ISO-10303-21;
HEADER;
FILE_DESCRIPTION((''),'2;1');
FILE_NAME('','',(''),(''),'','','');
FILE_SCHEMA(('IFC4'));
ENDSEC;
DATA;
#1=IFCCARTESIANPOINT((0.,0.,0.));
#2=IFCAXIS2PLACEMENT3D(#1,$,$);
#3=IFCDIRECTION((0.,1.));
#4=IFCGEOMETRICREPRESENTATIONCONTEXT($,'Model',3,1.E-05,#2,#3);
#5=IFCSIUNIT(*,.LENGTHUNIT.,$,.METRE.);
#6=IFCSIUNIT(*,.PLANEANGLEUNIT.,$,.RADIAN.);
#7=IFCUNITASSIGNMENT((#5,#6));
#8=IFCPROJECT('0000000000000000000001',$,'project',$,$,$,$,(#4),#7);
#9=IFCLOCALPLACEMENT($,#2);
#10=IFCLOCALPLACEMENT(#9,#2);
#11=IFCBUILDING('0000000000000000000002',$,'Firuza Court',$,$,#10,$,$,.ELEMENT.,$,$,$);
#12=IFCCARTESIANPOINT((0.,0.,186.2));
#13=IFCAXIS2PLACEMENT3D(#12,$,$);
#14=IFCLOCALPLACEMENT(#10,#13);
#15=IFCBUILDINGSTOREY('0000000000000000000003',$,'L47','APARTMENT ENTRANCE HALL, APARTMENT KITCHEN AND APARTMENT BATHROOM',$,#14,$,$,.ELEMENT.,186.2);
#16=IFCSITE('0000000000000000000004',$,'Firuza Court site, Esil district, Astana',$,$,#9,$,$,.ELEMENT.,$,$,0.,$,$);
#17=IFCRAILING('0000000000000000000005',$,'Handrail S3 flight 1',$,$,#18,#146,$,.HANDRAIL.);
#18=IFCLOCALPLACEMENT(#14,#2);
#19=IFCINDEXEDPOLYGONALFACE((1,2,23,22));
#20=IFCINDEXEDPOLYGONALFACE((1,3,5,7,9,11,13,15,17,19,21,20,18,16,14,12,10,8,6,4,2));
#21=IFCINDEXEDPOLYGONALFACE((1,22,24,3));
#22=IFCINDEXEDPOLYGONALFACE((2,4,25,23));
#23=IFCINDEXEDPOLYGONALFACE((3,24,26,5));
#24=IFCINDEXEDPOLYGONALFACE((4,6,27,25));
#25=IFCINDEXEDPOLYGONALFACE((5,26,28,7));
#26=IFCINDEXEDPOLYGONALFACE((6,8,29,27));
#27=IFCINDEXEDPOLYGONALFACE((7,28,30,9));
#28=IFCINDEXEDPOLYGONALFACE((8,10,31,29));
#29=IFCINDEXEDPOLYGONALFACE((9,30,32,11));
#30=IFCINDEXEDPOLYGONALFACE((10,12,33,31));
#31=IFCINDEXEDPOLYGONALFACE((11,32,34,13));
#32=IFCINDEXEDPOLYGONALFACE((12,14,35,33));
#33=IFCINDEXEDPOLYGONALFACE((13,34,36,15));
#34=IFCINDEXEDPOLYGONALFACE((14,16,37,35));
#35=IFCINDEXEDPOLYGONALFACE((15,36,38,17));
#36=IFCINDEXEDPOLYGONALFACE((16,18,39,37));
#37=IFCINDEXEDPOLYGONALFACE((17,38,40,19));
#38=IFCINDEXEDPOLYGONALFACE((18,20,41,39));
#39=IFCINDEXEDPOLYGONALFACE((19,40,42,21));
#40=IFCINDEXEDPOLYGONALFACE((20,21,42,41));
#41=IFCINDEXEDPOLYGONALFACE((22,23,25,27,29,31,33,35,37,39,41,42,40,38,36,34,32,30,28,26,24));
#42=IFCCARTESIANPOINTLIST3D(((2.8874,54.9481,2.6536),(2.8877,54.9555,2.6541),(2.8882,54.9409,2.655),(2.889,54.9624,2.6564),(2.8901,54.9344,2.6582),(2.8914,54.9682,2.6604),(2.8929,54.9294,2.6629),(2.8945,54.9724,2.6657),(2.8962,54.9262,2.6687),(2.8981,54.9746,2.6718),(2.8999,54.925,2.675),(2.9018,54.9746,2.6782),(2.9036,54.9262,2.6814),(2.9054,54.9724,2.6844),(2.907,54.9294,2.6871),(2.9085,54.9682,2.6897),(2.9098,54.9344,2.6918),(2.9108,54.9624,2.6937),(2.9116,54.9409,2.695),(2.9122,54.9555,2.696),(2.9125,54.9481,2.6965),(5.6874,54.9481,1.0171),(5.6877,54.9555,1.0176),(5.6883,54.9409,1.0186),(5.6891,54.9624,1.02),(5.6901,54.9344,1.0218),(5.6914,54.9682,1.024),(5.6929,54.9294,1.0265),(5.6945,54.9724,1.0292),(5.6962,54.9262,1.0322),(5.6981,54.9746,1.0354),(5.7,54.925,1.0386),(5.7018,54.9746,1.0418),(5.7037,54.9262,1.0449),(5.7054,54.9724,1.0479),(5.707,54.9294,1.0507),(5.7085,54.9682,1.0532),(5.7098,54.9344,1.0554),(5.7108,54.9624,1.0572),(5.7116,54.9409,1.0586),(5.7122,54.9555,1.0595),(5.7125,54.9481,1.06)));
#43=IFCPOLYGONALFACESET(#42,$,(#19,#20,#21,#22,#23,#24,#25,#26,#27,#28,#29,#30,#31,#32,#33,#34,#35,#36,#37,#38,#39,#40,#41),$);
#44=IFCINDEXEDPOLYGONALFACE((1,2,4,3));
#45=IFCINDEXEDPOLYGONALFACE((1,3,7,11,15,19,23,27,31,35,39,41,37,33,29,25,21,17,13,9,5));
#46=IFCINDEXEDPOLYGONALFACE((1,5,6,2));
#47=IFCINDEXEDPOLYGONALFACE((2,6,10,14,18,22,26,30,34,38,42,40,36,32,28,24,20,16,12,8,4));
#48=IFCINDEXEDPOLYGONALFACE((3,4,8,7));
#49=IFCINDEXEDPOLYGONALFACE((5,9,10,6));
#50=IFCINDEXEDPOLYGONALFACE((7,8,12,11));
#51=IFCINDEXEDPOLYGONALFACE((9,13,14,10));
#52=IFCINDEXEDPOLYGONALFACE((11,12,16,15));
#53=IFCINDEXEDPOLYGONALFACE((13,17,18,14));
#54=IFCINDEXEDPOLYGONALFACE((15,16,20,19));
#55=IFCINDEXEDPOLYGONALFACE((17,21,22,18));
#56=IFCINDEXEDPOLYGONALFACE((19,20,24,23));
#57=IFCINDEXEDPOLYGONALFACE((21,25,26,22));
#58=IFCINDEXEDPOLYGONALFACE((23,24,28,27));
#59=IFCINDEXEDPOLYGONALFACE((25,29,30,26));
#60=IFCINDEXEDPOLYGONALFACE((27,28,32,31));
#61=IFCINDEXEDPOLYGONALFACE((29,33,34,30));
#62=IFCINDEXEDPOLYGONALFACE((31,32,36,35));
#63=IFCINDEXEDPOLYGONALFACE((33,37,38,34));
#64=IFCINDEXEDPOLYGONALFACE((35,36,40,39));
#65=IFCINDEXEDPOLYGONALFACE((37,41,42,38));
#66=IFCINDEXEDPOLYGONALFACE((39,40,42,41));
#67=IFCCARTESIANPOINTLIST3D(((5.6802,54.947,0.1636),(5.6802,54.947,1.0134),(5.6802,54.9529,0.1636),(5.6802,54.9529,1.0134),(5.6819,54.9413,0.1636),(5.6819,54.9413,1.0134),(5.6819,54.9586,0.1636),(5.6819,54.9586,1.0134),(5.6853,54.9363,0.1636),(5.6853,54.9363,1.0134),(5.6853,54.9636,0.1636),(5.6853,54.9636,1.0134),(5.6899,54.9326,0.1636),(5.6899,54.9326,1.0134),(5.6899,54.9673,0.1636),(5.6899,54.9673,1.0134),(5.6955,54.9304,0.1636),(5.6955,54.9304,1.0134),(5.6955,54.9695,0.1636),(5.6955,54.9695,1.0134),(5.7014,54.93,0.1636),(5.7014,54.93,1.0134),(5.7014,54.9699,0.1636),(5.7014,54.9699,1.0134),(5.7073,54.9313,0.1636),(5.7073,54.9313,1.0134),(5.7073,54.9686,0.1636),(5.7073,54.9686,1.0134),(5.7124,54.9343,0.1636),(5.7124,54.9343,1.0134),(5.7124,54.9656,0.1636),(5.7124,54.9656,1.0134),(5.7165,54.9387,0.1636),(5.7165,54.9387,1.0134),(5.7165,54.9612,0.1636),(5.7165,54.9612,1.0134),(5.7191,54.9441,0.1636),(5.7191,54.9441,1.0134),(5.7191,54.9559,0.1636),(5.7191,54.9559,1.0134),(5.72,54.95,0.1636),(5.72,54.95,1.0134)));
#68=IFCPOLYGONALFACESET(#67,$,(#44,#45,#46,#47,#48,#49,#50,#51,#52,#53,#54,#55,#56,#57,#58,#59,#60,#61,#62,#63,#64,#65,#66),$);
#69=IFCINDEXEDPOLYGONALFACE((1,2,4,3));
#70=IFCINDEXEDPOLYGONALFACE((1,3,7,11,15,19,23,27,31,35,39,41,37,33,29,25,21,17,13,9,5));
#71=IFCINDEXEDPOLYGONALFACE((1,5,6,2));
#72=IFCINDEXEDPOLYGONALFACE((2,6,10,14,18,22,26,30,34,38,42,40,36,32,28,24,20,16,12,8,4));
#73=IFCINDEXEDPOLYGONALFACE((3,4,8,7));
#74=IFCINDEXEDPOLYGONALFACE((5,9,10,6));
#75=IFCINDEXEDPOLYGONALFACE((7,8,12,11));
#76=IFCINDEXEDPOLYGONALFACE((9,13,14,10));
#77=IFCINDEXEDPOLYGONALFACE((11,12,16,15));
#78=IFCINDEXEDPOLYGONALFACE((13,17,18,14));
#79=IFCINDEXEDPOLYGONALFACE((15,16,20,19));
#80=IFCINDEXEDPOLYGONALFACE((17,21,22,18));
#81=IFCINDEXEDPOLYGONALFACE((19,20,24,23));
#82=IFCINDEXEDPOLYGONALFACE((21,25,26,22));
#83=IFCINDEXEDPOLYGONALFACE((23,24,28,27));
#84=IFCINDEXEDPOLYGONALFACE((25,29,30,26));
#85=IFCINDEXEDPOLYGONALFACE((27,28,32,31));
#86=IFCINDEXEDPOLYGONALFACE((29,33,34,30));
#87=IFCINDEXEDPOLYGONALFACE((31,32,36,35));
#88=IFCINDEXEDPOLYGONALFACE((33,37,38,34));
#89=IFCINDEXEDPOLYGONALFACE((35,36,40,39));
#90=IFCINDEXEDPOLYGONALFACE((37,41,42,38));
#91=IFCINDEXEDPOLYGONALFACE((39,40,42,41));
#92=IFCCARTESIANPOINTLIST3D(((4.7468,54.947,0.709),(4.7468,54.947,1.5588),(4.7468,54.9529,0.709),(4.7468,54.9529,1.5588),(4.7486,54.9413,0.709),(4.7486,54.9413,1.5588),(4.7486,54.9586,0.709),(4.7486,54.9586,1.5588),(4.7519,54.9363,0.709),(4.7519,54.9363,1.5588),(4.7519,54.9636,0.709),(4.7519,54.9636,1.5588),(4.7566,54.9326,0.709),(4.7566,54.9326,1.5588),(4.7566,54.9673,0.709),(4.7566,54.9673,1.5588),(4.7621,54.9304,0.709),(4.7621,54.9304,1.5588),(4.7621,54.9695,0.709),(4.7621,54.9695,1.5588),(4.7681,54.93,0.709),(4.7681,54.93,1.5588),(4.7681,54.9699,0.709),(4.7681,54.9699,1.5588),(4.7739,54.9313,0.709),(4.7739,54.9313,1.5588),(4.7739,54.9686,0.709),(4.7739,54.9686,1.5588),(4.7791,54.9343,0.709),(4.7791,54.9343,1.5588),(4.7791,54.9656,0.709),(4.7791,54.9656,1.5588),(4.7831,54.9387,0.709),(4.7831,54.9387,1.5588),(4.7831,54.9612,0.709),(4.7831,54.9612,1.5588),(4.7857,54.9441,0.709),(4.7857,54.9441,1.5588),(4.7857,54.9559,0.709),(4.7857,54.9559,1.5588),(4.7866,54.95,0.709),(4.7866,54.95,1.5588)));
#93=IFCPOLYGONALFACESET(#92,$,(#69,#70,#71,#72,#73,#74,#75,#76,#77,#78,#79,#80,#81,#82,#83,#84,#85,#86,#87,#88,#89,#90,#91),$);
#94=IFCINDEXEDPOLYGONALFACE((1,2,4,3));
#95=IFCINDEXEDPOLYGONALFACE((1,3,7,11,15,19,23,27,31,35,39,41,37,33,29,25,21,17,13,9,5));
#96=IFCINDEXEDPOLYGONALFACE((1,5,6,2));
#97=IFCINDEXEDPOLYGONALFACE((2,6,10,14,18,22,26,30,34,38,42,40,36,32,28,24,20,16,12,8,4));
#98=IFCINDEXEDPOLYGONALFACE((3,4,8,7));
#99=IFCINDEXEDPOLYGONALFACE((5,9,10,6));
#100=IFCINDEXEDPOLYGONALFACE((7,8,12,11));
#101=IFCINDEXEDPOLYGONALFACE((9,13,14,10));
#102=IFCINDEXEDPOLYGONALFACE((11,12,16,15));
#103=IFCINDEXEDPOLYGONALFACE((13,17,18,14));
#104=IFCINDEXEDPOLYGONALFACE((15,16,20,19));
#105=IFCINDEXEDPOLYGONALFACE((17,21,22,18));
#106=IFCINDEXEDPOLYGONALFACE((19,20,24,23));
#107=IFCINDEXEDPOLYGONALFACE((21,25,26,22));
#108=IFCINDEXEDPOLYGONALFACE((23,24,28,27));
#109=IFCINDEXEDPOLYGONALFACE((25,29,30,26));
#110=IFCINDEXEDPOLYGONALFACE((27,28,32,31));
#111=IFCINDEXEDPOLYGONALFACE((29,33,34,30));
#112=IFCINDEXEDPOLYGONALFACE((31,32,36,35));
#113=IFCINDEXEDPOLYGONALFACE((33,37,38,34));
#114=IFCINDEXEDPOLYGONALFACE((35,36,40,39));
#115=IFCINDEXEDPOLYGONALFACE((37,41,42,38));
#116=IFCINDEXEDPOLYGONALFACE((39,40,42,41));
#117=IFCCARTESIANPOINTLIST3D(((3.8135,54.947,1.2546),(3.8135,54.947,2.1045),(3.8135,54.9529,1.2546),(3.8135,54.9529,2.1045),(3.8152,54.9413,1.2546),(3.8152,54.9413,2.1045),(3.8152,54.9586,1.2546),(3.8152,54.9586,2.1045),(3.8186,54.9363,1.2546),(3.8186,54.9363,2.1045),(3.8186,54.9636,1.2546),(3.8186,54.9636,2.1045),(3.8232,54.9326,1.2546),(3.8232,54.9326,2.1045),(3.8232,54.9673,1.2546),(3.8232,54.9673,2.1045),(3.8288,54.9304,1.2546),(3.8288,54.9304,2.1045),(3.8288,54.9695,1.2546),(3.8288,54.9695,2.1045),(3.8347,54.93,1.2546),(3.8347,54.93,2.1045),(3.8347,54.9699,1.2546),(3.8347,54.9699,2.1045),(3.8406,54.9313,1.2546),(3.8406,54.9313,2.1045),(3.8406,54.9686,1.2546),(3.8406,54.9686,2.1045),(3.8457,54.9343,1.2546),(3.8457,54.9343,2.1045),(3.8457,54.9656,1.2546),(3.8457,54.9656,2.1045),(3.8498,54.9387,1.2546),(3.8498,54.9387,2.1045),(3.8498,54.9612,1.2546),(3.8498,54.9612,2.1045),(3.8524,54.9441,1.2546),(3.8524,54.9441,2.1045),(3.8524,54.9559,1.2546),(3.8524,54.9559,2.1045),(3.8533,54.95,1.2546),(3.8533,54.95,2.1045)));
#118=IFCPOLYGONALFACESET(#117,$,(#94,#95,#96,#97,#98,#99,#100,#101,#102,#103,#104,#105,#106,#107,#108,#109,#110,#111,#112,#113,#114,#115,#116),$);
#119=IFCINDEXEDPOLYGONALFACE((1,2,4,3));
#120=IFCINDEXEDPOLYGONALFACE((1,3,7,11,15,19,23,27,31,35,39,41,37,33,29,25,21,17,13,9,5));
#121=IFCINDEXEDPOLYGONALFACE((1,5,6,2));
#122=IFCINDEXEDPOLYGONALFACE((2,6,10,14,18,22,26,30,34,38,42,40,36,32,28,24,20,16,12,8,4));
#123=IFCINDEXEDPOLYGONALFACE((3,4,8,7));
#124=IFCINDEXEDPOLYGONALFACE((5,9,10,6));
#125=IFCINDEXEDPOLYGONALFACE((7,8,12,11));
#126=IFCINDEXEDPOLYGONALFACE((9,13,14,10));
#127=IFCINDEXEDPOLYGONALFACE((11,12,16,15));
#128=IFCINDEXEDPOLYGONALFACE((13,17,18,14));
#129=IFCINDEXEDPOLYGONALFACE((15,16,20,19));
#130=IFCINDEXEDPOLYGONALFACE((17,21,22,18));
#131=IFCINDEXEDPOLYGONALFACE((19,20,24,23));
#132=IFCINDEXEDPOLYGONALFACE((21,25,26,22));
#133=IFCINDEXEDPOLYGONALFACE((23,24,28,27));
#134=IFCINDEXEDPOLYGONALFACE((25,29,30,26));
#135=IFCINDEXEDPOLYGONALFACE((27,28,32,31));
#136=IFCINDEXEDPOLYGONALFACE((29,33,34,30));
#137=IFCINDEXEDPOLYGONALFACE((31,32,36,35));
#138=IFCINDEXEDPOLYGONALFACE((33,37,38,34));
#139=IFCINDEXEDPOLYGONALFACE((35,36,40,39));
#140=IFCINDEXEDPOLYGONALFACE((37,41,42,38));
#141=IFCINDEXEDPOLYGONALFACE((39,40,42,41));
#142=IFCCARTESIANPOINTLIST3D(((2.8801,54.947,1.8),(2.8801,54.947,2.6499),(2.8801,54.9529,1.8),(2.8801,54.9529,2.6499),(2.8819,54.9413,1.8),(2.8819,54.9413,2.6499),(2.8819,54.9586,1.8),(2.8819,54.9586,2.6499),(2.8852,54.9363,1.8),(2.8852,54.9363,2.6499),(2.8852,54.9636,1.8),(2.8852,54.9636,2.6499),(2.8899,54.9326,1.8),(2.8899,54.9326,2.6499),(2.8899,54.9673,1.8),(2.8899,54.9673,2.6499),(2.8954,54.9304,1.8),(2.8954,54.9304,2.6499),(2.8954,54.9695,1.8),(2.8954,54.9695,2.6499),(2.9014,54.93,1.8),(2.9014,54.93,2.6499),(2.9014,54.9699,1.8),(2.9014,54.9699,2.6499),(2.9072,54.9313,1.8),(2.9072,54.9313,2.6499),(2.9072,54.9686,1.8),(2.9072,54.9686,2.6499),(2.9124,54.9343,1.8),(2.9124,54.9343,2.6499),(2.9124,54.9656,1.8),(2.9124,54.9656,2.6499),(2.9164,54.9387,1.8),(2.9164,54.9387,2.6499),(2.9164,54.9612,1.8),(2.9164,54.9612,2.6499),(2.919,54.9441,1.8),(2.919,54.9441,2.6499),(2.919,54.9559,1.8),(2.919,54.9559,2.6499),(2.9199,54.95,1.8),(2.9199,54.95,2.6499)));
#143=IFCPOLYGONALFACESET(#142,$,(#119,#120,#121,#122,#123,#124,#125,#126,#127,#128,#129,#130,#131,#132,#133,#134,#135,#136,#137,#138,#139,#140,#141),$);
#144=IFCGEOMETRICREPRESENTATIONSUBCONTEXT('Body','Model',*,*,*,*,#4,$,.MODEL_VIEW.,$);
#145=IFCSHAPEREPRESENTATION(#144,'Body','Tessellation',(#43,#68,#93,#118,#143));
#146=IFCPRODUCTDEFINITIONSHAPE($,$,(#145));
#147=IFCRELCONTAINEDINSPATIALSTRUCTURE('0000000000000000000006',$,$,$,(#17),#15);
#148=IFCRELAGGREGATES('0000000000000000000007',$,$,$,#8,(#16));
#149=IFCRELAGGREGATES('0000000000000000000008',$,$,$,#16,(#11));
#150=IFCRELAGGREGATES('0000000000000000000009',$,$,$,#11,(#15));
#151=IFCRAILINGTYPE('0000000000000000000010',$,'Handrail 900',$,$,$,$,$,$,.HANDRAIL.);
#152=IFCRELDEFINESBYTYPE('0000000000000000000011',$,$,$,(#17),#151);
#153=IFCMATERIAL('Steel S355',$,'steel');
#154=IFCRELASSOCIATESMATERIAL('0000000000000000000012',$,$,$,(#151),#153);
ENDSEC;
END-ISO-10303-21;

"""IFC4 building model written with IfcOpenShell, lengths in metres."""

from ifc_helpers import new_model, si_unit, direction, frame, origin, origin_2d, place, context, subcontext, project, spatial, circle, extrude, material, type_object, element, save


model = new_model("IFC4")

# Units and contexts
model_context = context("Model", 3, precision=1e-05, world=origin(), true_north=direction((0.0, 1.0)))
body_context = subcontext(model_context, "Body", "Model", "MODEL_VIEW")
ifc_project = project(units=[si_unit("LENGTHUNIT", "METRE"), si_unit("PLANEANGLEUNIT", "RADIAN")], contexts=[model_context])

# Site, building, storey
site_placement = place(None, origin())
site = spatial("IfcSite", under=ifc_project, at=site_placement, Name="Firuza Court site, Esil district, Astana", CompositionType="ELEMENT", RefElevation=0.0)
building_placement = place(site_placement, origin())
building = spatial("IfcBuilding", under=site, at=building_placement, Name="Firuza Court", CompositionType="ELEMENT")
storey_placement = place(building_placement, frame((0.0, 0.0, 186.2)))
storey = spatial("IfcBuildingStorey", under=building, at=storey_placement, Name="L47", Description="APARTMENT ENTRANCE HALL, APARTMENT KITCHEN AND APARTMENT BATHROOM", CompositionType="ELEMENT", Elevation=186.2)

# Railing
ifc_material_1 = material(Name="Steel S355", Category="steel")
railing_type_1 = type_object("IfcRailingType", Name="Handrail 900", PredefinedType="HANDRAIL", material=ifc_material_1)
railing_1_placement = place(storey_placement, frame((5.7, 54.95, 0.1636)))
element("IfcRailing", 1, at=railing_1_placement, inside=storey, type_object=railing_type_1, Name="Handrail S3 flight 1", PredefinedType="HANDRAIL", context=body_context, shape_type="SweptSolid", body=[
    extrude(circle(Radius=0.0249, at=origin_2d()), frame((0.0, 0.0, 0.875), z_axis=(-0.863361, 0.0, 0.504587), x_axis=(0.0, -1.0, 0.0)), (0.0, 0.0, 1.0), 3.2432),
    extrude(circle(Radius=0.02, at=origin_2d()), origin(), (0.0, 0.0, 1.0), 0.8499),
    extrude(circle(Radius=0.02, at=origin_2d()), frame((-0.9333, 0.0, 0.5454)), (0.0, 0.0, 1.0), 0.8499),
    extrude(circle(Radius=0.02, at=origin_2d()), frame((-1.8667, 0.0, 1.0911)), (0.0, 0.0, 1.0), 0.8499),
    extrude(circle(Radius=0.02, at=origin_2d()), frame((-2.8, 0.0, 1.6365)), (0.0, 0.0, 1.0), 0.8499),
])

save(model, "model.ifc")
